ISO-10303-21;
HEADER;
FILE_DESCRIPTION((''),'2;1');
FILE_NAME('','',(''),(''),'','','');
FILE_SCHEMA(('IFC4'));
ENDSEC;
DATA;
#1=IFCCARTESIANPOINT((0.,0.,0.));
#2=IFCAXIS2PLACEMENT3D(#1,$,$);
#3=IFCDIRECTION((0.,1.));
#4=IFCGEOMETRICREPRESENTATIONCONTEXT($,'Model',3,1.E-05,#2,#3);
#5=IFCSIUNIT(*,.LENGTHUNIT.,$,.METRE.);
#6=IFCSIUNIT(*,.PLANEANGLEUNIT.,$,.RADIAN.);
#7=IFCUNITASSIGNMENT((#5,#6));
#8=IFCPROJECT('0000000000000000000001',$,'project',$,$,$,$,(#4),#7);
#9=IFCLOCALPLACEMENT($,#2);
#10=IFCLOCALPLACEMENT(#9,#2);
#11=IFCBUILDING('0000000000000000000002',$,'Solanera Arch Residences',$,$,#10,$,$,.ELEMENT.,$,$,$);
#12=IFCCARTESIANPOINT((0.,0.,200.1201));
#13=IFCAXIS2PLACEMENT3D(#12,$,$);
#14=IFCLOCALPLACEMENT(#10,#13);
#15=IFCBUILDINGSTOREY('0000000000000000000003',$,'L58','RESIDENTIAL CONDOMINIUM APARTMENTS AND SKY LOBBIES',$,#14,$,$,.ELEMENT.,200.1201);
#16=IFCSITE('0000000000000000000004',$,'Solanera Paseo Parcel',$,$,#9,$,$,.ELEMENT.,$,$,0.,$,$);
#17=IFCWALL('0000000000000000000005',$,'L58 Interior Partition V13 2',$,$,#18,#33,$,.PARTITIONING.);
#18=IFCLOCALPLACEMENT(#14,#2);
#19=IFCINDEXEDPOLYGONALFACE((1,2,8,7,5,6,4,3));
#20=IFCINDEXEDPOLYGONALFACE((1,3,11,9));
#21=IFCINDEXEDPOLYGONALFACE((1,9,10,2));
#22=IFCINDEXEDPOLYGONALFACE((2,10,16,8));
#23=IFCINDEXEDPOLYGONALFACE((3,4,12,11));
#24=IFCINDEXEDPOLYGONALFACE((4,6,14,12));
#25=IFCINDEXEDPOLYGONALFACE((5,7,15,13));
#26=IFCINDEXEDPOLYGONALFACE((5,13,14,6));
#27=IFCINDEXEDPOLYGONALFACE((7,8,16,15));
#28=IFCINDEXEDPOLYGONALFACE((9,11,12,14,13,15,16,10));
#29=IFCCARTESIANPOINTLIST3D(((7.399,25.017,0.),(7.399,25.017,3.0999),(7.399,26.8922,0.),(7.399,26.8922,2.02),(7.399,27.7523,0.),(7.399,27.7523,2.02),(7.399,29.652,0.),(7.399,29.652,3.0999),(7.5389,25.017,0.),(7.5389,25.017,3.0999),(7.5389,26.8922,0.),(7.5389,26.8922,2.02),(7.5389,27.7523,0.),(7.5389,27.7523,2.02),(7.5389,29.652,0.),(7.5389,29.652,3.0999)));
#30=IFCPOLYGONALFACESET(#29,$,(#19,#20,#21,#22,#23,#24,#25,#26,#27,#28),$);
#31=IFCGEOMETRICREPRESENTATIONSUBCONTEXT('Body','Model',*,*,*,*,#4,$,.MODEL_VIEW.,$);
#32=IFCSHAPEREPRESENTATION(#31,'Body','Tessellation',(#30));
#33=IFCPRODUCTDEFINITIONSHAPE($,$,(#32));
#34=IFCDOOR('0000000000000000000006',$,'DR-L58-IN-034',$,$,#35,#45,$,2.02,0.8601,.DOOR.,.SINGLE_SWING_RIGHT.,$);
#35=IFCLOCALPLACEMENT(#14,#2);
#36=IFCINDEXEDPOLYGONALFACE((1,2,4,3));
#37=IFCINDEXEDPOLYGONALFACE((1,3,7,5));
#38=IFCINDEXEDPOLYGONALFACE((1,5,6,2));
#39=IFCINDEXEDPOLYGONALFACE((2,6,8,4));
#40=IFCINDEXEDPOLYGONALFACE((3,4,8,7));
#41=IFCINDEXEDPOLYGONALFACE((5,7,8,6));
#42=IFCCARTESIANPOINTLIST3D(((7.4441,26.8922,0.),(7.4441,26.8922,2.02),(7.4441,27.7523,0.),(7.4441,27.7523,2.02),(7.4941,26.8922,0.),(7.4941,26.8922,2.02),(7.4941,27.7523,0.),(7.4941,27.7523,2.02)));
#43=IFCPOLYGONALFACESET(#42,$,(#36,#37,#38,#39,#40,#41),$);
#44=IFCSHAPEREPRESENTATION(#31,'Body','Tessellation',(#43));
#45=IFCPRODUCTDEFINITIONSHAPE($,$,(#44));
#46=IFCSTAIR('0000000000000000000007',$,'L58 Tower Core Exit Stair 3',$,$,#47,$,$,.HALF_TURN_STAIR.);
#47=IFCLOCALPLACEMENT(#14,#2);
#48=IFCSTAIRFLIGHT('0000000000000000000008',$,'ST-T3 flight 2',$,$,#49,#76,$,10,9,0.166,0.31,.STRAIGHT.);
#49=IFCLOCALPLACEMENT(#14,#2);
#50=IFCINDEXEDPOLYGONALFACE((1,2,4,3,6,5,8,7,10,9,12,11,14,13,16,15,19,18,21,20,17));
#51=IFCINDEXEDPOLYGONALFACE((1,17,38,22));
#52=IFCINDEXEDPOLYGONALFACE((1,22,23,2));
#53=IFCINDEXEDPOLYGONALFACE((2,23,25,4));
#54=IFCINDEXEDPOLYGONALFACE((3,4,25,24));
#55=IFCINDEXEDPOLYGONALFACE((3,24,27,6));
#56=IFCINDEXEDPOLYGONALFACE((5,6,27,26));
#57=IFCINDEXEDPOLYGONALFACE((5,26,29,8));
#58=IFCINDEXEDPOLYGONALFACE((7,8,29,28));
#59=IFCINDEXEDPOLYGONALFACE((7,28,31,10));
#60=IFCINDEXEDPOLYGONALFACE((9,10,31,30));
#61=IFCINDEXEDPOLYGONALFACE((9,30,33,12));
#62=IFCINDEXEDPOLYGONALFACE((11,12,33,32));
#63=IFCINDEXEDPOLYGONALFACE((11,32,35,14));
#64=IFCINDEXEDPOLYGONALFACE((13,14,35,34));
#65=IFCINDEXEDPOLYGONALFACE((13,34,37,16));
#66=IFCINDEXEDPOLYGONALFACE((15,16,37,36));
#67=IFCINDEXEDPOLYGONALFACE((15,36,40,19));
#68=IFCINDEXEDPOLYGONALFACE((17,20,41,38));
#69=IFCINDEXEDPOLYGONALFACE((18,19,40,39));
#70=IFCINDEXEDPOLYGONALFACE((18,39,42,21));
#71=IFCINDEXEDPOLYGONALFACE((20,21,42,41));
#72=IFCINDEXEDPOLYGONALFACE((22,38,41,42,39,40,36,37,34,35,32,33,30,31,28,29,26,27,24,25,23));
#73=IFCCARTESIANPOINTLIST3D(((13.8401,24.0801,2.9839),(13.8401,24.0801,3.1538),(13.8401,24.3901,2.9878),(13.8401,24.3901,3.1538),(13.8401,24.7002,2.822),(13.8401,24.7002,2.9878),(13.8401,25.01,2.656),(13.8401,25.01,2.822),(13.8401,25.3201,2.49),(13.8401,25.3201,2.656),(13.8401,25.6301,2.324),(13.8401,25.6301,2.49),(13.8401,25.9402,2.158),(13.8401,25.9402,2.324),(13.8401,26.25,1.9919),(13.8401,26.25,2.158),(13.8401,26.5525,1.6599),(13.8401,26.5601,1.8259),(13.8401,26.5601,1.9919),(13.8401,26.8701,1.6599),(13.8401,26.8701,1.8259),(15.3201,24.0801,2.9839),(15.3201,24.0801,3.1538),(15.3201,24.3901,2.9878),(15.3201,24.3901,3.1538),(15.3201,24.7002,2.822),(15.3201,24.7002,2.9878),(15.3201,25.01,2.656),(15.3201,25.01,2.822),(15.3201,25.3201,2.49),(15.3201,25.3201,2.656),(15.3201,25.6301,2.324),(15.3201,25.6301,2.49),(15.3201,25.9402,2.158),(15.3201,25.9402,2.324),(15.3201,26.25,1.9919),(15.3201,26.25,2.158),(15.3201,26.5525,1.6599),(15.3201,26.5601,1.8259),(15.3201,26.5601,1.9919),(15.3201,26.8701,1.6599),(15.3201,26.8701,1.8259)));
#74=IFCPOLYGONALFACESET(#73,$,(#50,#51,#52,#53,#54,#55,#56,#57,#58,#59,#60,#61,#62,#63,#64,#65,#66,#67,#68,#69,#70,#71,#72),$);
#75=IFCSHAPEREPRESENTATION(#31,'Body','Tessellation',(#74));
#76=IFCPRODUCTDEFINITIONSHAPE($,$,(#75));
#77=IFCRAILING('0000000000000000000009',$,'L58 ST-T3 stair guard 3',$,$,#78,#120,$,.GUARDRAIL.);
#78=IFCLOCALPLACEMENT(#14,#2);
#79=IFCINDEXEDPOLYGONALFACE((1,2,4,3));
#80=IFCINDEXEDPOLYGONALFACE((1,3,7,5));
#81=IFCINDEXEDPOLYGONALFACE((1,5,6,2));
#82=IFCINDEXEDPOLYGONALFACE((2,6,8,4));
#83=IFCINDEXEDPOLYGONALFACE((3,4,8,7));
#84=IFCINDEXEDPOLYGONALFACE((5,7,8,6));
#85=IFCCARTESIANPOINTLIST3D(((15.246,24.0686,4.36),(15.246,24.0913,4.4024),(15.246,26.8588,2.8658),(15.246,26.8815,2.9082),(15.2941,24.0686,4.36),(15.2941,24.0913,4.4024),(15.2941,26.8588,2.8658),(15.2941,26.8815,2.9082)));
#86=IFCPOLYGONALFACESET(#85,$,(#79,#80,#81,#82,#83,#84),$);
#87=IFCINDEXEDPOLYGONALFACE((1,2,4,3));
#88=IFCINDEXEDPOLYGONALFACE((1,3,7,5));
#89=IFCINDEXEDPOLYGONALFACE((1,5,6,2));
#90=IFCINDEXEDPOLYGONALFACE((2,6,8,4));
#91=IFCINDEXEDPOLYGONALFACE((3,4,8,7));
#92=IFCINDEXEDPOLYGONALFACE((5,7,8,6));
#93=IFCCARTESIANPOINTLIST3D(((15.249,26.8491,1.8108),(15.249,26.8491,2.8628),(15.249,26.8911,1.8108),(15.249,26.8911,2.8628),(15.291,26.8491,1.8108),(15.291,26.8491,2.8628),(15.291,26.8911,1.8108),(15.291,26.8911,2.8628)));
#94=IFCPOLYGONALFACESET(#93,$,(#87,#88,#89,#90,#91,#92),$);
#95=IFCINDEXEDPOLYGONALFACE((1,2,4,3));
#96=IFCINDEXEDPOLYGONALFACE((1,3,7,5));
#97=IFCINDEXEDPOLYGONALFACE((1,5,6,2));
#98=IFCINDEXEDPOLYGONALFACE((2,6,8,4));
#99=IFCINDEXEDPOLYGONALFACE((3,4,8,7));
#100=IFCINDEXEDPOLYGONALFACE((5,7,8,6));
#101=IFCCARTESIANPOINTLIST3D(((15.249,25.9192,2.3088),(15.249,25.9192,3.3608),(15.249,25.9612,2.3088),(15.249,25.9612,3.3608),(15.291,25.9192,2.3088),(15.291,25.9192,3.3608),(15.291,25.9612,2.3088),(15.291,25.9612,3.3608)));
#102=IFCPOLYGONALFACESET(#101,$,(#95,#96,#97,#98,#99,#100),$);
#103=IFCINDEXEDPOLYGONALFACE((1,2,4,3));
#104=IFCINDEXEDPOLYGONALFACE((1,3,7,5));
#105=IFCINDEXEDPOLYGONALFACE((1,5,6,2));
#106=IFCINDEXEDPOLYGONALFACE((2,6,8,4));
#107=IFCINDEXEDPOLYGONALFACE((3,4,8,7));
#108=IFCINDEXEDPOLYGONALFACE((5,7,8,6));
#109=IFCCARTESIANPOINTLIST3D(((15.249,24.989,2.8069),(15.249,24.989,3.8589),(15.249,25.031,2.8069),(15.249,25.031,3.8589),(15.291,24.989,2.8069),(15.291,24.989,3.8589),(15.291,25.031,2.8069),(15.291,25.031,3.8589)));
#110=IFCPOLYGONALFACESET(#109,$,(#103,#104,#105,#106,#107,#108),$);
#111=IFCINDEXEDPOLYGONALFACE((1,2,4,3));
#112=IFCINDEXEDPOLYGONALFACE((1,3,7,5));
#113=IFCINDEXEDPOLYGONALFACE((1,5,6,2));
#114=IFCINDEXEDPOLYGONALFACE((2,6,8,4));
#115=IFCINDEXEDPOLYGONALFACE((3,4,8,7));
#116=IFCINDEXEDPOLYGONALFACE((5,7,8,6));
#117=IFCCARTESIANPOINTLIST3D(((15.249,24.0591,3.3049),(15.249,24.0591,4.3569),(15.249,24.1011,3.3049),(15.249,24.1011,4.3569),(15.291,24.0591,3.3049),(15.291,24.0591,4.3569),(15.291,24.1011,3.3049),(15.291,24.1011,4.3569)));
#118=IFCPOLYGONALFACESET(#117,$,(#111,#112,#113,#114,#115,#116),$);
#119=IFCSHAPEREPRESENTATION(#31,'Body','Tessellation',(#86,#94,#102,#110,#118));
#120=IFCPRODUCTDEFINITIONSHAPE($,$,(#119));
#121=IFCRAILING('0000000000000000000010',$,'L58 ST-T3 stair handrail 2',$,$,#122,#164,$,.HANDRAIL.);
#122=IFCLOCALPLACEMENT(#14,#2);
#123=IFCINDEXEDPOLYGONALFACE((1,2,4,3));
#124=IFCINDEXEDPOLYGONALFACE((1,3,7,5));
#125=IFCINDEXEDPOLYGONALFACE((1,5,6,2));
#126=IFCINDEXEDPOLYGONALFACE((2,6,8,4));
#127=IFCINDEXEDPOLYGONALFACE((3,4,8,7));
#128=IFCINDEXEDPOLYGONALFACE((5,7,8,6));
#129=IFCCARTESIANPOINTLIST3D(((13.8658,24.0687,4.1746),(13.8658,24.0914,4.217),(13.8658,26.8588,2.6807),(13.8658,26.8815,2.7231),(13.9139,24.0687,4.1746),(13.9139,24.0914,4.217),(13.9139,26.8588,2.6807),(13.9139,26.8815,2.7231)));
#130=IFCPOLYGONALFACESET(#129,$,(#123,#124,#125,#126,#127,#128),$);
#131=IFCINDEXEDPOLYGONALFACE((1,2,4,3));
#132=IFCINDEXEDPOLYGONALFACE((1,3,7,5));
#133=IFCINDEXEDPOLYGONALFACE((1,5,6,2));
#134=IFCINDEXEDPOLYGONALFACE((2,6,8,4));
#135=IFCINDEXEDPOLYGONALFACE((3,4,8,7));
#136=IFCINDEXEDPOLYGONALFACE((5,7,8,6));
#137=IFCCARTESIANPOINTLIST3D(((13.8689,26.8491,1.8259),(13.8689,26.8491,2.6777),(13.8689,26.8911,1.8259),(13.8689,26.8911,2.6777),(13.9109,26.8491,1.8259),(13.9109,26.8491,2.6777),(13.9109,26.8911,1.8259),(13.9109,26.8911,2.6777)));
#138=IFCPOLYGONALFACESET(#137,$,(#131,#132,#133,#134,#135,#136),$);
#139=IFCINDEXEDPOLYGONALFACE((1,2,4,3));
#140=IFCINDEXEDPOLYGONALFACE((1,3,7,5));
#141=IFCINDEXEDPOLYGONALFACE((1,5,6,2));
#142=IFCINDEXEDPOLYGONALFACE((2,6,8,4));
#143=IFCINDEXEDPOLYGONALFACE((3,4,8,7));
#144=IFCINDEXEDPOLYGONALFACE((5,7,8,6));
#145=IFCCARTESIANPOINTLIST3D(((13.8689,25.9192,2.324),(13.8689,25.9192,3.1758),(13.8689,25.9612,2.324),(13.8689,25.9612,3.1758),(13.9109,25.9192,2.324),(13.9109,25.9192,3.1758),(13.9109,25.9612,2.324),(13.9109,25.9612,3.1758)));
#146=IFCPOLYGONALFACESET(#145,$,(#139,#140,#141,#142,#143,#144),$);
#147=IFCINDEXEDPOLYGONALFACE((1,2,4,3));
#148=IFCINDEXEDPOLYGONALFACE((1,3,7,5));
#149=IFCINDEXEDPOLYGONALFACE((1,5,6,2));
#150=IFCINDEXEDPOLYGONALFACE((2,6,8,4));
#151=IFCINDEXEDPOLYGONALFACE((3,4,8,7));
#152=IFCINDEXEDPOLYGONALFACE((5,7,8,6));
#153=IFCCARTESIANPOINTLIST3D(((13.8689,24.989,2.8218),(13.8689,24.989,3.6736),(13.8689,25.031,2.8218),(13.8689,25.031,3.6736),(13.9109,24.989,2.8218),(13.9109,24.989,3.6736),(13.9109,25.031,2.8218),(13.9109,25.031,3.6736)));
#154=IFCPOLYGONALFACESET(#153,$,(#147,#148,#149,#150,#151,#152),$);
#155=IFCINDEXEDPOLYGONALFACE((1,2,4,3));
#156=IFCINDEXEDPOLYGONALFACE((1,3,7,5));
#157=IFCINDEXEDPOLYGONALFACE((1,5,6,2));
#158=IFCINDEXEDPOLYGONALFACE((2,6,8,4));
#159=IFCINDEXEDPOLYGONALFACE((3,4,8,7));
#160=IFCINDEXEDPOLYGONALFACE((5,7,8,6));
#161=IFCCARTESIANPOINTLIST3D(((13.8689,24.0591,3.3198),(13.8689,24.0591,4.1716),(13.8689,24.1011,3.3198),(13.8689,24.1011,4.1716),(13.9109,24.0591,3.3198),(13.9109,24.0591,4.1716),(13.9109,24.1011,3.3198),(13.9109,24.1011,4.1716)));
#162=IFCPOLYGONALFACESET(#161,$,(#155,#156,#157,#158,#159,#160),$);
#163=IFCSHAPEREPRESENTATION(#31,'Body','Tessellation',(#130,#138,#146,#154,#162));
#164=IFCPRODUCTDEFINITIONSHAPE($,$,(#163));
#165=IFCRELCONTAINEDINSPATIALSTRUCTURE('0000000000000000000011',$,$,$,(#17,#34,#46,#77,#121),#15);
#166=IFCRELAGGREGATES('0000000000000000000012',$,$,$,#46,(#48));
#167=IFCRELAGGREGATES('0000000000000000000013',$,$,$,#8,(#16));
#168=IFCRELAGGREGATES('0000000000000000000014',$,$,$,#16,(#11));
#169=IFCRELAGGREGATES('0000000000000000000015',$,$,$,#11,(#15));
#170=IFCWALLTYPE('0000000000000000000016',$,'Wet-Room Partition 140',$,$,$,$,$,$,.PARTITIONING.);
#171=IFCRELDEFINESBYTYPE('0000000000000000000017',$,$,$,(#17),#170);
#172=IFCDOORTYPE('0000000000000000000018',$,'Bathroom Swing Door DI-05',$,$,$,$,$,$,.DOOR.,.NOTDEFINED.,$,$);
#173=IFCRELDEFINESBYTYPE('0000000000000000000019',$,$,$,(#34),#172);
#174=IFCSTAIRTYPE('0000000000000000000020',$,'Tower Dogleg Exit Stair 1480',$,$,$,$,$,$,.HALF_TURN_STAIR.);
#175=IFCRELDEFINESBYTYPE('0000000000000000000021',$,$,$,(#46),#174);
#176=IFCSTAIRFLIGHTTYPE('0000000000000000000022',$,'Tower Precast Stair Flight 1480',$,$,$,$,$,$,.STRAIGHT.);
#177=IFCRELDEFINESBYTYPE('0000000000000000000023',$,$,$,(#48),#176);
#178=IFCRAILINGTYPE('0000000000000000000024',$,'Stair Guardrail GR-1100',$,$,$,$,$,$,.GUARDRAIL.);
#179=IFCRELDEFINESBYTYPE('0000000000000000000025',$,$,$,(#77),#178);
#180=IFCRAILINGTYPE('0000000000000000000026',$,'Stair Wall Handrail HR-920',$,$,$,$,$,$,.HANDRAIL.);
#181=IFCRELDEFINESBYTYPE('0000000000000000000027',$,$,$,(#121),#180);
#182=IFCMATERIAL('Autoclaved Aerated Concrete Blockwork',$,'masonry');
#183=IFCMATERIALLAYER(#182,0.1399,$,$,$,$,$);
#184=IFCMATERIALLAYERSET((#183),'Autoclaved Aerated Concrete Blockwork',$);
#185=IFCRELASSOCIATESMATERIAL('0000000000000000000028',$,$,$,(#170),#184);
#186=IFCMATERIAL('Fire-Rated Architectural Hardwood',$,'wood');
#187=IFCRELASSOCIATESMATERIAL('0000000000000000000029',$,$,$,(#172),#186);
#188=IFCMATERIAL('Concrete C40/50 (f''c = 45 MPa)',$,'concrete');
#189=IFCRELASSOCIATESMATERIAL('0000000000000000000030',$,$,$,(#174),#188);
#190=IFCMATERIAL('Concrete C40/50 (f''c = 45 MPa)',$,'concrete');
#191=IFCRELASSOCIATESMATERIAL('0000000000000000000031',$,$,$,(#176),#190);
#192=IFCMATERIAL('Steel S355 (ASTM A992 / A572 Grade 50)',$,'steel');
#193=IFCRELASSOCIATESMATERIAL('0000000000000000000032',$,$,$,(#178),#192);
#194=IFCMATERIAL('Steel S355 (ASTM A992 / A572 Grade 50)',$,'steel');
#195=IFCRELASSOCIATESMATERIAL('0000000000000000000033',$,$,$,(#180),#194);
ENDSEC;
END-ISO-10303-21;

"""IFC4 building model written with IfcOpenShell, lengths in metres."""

from ifc_helpers import new_model, si_unit, direction, frame, frame_2d, origin, origin_2d, place, context, subcontext, project, spatial, polyline, rectangle, outline, extrude, material, layer, layer_set, type_object, element, fill, aggregate, save


model = new_model("IFC4")

# Units and contexts
model_context = context("Model", 3, precision=1e-05, world=origin(), true_north=direction((0.0, 1.0)))
body_context = subcontext(model_context, "Body", "Model", "MODEL_VIEW")
ifc_project = project(units=[si_unit("LENGTHUNIT", "METRE"), si_unit("PLANEANGLEUNIT", "RADIAN")], contexts=[model_context])

# Site, building, storey
site_placement = place(None, origin())
site = spatial("IfcSite", under=ifc_project, at=site_placement, Name="Solanera Paseo Parcel", CompositionType="ELEMENT", RefElevation=0.0)
building_placement = place(site_placement, origin())
building = spatial("IfcBuilding", under=site, at=building_placement, Name="Solanera Arch Residences", CompositionType="ELEMENT")
storey_placement = place(building_placement, frame((0.0, 0.0, 200.1201)))
storey = spatial("IfcBuildingStorey", under=building, at=storey_placement, Name="L58", Description="RESIDENTIAL CONDOMINIUM APARTMENTS AND SKY LOBBIES", CompositionType="ELEMENT", Elevation=200.1201)

# Shared definitions
ifc_material_1 = material(Name="Autoclaved Aerated Concrete Blockwork", Category="masonry")
ifc_layer_1 = layer(ifc_material_1, 0.1399)
ifc_layer_set_1 = layer_set([ifc_layer_1], Name="Autoclaved Aerated Concrete Blockwork")
wall_type_1 = type_object("IfcWallType", Name="Wet-Room Partition 140", PredefinedType="PARTITIONING", material=ifc_layer_set_1)

# Wall, opening, door
wall_1_placement = place(storey_placement, frame((7.469, 25.0171, 0.0), z_axis=(0.0, 0.0, 1.0), x_axis=(0.0, 1.0, 0.0)))
wall_1 = element("IfcWall", 1, at=wall_1_placement, inside=storey, type_object=wall_type_1, Name="L58 Interior Partition V13 2", PredefinedType="PARTITIONING", context=body_context, shape_type="SweptSolid", body=[
    extrude(rectangle(XDim=4.635, YDim=0.1399, at=frame_2d((2.3174, 0.0))), origin(), (0.0, 0.0, 1.0), 3.0999),
])
opening_1_placement = place(wall_1_placement, frame((1.875, 0.0, 0.0)))
opening_1 = element("IfcOpeningElement", 2, at=opening_1_placement, cuts=wall_1, PredefinedType="OPENING", context=body_context, shape_type="SweptSolid", body=[
    extrude(rectangle(XDim=0.8601, YDim=2.02, at=frame_2d((0.4302, 1.01))), frame((0.0, 0.0798, 0.0), z_axis=(0.0, -1.0, 0.0), x_axis=(1.0, 0.0, 0.0)), (0.0, 0.0, 1.0), 0.1599),
])
ifc_material_2 = material(Name="Fire-Rated Architectural Hardwood", Category="wood")
door_type_1 = type_object("IfcDoorType", Name="Bathroom Swing Door DI-05", OperationType="NOTDEFINED", PredefinedType="DOOR", material=ifc_material_2)
door_1_placement = place(opening_1_placement, origin())
door_1 = element("IfcDoor", 3, at=door_1_placement, inside=storey, type_object=door_type_1, Name="DR-L58-IN-034", OperationType="SINGLE_SWING_RIGHT", OverallHeight=2.02, OverallWidth=0.8601, PredefinedType="DOOR", context=body_context, shape_type="SweptSolid", body=[
    extrude(rectangle(XDim=0.8601, YDim=2.02, at=frame_2d((0.4302, 1.01))), frame((0.0, 0.0249, 0.0), z_axis=(0.0, -1.0, 0.0), x_axis=(1.0, 0.0, 0.0)), (0.0, 0.0, 1.0), 0.05),
])
fill(opening_1, door_1)

# Stair, stair flight
ifc_material_3 = material(Name="Concrete C40/50 (f'c = 45 MPa)", Category="concrete")
stair_type = type_object("IfcStairType", Name="Tower Dogleg Exit Stair 1480", PredefinedType="HALF_TURN_STAIR", material=ifc_material_3)
stair_placement = place(storey_placement, origin())
stair = element("IfcStair", 4, at=stair_placement, inside=storey, type_object=stair_type, Name="L58 Tower Core Exit Stair 3", PredefinedType="HALF_TURN_STAIR")
ifc_material_4 = material(Name="Concrete C40/50 (f'c = 45 MPa)", Category="concrete")
stair_flight_type = type_object("IfcStairFlightType", Name="Tower Precast Stair Flight 1480", PredefinedType="STRAIGHT", material=ifc_material_4)
stair_flight_placement = place(storey_placement, frame((14.5801, 26.8701, 1.6599), z_axis=(0.0, 0.0, 1.0), x_axis=(0.0, -1.0, 0.0)))
stair_flight = element("IfcStairFlight", 5, at=stair_flight_placement, type_object=stair_flight_type, Name="ST-T3 flight 2", NumberOfRisers=10, NumberOfTreads=9, PredefinedType="STRAIGHT", RiserHeight=0.166, TreadLength=0.31, context=body_context, shape_type="SweptSolid", body=[
    extrude(outline(polyline([(0.0, 0.0), (0.0, 0.166), (0.3101, 0.166), (0.3101, 0.332), (0.6201, 0.332), (0.6201, 0.498), (0.9299, 0.498), (0.9299, 0.6641), (1.24, 0.6641), (1.24, 0.8301), (1.55, 0.8301), (1.55, 0.9961), (1.8601, 0.9961), (1.8601, 1.1621), (2.1699, 1.1621), (2.1699, 1.3279), (2.48, 1.3279), (2.48, 1.4939), (2.79, 1.4939), (2.79, 1.6599), (2.79, 1.324), (0.3176, 0.0), (0.0, 0.0)])), frame((0.0, 0.74, 0.0), z_axis=(0.0, -1.0, 0.0), x_axis=(1.0, 0.0, 0.0)), (0.0, 0.0, 1.0), 1.48),
])
aggregate(stair, [stair_flight])

# Railings
ifc_material_5 = material(Name="Steel S355 (ASTM A992 / A572 Grade 50)", Category="steel")
railing_type_1 = type_object("IfcRailingType", Name="Stair Guardrail GR-1100", PredefinedType="GUARDRAIL", material=ifc_material_5)
railing_1_placement = place(storey_placement, frame((15.27, 26.8701, 1.8108)))
element("IfcRailing", 6, at=railing_1_placement, inside=storey, type_object=railing_type_1, Name="L58 ST-T3 stair guard 3", PredefinedType="GUARDRAIL", context=body_context, shape_type="SweptSolid", body=[
    extrude(rectangle(XDim=0.0481, YDim=0.0481, at=origin_2d()), frame((0.0, 0.0, 1.0762), z_axis=(0.0, -0.881549, 0.472093), x_axis=(1.0, 0.0, 0.0)), (0.0, 0.0, 1.0), 3.165),
    extrude(rectangle(XDim=0.042, YDim=0.042, at=origin_2d()), origin(), (0.0, 0.0, 1.0), 1.052),
    extrude(rectangle(XDim=0.042, YDim=0.042, at=origin_2d()), frame((0.0, -0.9299, 0.498)), (0.0, 0.0, 1.0), 1.052),
    extrude(rectangle(XDim=0.042, YDim=0.042, at=origin_2d()), frame((0.0, -1.8601, 0.9961)), (0.0, 0.0, 1.0), 1.052),
    extrude(rectangle(XDim=0.042, YDim=0.042, at=origin_2d()), frame((0.0, -2.79, 1.4941)), (0.0, 0.0, 1.0), 1.052),
])
ifc_material_6 = material(Name="Steel S355 (ASTM A992 / A572 Grade 50)", Category="steel")
railing_type_2 = type_object("IfcRailingType", Name="Stair Wall Handrail HR-920", PredefinedType="HANDRAIL", material=ifc_material_6)
railing_2_placement = place(storey_placement, frame((13.8899, 26.8701, 1.8259)))
element("IfcRailing", 7, at=railing_2_placement, inside=storey, type_object=railing_type_2, Name="L58 ST-T3 stair handrail 2", PredefinedType="HANDRAIL", context=body_context, shape_type="SweptSolid", body=[
    extrude(rectangle(XDim=0.0481, YDim=0.0481, at=origin_2d()), frame((0.0, 0.0, 0.876), z_axis=(0.0, -0.881581, 0.472033), x_axis=(1.0, 0.0, 0.0)), (0.0, 0.0, 1.0), 3.1648),
    extrude(rectangle(XDim=0.042, YDim=0.042, at=origin_2d()), origin(), (0.0, 0.0, 1.0), 0.8518),
    extrude(rectangle(XDim=0.042, YDim=0.042, at=origin_2d()), frame((0.0, -0.9299, 0.498)), (0.0, 0.0, 1.0), 0.8518),
    extrude(rectangle(XDim=0.042, YDim=0.042, at=origin_2d()), frame((0.0, -1.8601, 0.9958)), (0.0, 0.0, 1.0), 0.8518),
    extrude(rectangle(XDim=0.042, YDim=0.042, at=origin_2d()), frame((0.0, -2.79, 1.4939)), (0.0, 0.0, 1.0), 0.8518),
])

save(model, "model.ifc")
